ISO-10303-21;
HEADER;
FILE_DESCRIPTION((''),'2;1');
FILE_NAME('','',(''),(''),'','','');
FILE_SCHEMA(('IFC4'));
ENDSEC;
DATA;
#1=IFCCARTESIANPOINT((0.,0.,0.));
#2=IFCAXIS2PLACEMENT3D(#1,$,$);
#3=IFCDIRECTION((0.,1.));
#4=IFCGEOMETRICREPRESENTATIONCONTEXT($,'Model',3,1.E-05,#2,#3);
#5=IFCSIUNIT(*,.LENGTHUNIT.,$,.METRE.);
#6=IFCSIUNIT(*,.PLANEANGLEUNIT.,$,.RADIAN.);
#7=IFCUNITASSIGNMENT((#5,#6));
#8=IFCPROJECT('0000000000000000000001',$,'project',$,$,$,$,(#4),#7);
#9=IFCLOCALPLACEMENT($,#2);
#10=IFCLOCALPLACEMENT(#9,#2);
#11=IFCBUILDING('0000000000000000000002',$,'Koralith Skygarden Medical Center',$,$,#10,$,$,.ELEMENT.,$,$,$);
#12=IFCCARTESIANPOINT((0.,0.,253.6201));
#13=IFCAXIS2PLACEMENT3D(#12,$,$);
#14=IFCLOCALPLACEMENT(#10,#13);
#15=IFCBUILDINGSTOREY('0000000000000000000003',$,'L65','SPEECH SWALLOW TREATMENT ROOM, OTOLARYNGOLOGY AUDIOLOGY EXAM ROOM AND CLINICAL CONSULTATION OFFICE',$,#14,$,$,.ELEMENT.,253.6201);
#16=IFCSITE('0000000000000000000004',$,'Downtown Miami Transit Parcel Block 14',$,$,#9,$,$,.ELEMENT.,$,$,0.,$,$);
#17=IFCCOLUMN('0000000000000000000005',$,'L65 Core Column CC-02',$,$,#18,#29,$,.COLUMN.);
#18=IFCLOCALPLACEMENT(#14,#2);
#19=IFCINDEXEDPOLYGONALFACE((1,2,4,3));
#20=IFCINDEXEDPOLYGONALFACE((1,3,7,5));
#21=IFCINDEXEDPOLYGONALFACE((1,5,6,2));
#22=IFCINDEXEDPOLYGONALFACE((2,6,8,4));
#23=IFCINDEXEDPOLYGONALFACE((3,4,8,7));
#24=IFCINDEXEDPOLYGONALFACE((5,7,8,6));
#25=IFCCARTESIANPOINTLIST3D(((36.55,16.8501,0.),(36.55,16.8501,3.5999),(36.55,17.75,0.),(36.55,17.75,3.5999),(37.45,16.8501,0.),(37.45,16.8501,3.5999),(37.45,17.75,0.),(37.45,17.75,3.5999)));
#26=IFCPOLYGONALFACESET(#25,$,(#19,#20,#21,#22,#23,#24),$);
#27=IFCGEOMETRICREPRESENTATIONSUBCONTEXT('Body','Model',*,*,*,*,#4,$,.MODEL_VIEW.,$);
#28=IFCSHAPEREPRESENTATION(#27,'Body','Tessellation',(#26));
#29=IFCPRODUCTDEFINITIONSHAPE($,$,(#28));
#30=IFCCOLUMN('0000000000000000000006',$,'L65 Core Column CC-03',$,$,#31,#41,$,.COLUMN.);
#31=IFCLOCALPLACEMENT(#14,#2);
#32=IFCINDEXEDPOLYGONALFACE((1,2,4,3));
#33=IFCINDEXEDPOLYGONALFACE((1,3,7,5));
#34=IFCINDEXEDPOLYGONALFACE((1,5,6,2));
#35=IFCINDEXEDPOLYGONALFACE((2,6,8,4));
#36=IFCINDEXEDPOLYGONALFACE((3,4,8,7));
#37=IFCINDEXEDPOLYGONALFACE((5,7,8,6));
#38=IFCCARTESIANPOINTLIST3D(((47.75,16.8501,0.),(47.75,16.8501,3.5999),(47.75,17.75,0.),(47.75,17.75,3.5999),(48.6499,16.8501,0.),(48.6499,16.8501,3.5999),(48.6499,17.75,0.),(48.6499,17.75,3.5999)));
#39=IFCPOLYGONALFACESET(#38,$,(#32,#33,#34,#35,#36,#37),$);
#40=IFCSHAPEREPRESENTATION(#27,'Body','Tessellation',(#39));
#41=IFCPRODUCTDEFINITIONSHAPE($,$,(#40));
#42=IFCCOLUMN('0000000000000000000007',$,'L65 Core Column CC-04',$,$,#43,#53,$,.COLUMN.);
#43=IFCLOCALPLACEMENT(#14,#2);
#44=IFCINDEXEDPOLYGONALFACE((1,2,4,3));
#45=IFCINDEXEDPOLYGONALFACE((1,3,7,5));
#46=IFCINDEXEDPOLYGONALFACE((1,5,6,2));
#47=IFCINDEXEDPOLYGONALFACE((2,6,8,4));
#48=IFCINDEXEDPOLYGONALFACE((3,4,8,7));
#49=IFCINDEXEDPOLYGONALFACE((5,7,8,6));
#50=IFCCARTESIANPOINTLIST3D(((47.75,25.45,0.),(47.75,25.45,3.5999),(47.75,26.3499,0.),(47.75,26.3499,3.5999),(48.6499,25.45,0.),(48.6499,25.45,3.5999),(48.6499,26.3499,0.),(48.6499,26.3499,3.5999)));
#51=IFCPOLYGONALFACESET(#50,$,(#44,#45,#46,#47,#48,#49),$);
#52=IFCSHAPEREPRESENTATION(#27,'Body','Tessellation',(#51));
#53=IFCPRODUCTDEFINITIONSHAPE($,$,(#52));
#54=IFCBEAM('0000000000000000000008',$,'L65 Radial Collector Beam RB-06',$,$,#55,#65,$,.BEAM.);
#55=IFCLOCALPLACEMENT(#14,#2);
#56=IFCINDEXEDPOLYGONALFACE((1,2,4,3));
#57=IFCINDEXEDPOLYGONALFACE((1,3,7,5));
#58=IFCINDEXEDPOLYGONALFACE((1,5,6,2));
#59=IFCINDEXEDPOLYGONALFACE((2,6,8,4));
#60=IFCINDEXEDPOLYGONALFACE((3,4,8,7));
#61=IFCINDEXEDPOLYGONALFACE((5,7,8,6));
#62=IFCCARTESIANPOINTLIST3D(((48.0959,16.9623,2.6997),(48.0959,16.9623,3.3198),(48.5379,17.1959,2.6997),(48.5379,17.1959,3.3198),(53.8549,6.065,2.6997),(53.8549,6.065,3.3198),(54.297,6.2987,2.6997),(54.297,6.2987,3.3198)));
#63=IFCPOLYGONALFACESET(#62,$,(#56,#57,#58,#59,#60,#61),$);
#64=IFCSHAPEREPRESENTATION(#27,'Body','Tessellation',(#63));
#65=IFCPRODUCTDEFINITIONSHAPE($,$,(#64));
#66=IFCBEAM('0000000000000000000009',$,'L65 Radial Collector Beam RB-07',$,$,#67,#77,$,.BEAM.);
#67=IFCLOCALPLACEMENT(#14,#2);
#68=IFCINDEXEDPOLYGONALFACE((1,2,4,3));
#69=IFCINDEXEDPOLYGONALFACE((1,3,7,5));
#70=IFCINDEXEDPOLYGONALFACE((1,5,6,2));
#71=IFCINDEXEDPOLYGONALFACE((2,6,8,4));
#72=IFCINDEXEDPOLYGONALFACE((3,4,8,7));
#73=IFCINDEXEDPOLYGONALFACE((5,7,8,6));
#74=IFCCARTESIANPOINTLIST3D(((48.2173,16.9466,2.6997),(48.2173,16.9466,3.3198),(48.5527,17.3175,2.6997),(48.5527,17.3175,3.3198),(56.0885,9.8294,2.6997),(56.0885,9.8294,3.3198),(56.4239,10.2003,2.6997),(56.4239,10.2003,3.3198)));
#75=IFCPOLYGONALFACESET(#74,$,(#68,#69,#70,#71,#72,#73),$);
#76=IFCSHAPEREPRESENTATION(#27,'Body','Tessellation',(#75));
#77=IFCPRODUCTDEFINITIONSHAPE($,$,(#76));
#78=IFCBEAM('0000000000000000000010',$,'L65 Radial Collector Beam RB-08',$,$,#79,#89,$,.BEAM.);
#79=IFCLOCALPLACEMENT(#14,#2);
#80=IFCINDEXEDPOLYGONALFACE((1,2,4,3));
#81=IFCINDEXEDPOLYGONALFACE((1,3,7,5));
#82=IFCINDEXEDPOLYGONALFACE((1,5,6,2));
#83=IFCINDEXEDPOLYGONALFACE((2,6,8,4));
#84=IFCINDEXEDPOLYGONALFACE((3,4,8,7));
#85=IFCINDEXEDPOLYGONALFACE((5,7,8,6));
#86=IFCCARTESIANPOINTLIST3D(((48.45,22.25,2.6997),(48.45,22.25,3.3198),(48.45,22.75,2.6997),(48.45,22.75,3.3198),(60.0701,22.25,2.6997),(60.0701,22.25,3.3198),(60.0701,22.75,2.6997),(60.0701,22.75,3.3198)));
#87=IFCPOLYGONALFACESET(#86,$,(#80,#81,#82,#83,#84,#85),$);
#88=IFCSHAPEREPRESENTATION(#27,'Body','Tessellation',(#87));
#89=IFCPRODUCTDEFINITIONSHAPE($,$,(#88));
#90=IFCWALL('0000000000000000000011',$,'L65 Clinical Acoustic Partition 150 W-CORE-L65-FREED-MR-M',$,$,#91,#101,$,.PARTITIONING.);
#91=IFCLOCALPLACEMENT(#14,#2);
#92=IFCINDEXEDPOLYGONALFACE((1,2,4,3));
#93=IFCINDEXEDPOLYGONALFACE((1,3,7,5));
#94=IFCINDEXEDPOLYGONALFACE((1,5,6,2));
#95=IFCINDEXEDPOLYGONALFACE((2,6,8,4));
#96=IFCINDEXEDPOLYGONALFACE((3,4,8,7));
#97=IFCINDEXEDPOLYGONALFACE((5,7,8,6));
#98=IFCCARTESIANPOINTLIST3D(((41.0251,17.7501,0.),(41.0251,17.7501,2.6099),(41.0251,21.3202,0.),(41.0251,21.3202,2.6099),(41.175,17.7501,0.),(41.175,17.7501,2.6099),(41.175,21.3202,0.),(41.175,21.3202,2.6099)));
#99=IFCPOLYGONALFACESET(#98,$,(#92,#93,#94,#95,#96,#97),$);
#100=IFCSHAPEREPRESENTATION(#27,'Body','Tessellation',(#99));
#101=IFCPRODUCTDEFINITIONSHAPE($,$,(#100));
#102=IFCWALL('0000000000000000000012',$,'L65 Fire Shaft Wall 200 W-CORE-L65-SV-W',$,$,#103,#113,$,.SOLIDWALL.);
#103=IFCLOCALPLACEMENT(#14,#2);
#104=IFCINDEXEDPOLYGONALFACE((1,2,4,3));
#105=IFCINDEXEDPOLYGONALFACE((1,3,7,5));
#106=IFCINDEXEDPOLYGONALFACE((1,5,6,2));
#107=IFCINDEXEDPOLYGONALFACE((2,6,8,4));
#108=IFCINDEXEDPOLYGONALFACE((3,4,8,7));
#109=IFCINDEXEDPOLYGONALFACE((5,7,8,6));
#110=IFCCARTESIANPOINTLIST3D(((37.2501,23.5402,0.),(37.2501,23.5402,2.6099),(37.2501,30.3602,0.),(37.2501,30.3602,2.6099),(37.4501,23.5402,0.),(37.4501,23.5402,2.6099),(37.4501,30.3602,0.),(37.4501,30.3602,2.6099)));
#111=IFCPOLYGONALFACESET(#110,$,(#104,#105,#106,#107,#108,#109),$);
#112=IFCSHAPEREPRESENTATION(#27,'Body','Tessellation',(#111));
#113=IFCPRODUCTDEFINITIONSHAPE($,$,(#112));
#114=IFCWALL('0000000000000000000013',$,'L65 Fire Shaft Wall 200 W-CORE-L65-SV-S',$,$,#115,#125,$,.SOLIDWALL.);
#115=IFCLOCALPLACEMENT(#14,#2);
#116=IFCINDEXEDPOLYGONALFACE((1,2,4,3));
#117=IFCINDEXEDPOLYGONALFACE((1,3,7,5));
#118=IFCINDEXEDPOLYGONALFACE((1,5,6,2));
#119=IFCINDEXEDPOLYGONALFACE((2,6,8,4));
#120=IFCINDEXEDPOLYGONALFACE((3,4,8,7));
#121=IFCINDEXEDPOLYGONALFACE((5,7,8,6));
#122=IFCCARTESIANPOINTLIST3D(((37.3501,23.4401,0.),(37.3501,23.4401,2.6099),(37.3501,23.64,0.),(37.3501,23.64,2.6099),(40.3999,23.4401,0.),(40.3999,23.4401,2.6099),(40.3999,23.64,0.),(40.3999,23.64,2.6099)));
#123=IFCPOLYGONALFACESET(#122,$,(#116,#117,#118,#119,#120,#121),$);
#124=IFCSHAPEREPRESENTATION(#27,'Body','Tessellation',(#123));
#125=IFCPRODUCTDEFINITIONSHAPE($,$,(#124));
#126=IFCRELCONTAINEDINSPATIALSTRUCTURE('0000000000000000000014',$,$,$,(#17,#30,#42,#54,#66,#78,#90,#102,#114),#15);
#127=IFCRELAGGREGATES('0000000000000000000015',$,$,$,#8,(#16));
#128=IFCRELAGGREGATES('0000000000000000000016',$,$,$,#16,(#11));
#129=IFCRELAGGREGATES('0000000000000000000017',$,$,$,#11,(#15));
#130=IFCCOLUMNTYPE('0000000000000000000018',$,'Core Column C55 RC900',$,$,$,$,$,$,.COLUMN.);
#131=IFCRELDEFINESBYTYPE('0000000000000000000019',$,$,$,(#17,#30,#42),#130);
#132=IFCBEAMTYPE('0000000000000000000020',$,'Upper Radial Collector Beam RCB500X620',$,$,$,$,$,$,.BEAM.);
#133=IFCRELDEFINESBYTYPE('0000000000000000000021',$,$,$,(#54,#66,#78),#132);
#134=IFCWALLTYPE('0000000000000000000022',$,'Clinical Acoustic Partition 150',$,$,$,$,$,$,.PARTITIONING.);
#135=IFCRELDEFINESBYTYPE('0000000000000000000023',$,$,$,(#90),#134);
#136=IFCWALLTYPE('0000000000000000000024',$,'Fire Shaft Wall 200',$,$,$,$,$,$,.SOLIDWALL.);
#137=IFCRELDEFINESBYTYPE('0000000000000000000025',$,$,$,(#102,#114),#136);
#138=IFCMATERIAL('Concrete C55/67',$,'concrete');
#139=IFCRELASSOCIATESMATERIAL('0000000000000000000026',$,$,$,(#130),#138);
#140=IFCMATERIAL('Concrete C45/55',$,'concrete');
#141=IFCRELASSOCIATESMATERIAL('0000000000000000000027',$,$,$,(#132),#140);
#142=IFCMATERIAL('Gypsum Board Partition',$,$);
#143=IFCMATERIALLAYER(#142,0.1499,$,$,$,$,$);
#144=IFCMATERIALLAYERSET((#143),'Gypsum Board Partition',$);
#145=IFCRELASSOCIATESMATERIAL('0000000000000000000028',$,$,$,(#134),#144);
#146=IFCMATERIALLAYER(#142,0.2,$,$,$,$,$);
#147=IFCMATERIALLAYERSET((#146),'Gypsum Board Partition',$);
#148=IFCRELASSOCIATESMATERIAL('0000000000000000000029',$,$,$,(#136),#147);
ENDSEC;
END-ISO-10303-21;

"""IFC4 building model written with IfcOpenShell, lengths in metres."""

from ifc_helpers import new_model, si_unit, direction, frame, frame_2d, origin, origin_2d, place, context, subcontext, project, spatial, rectangle, extrude, material, layer, layer_set, material_profile, profile_set, type_object, element, save


model = new_model("IFC4")

# Units and contexts
model_context = context("Model", 3, precision=1e-05, world=origin(), true_north=direction((0.0, 1.0)))
body_context = subcontext(model_context, "Body", "Model", "MODEL_VIEW")
ifc_project = project(units=[si_unit("LENGTHUNIT", "METRE"), si_unit("PLANEANGLEUNIT", "RADIAN")], contexts=[model_context])

# Site, building, storey
site_placement = place(None, origin())
site = spatial("IfcSite", under=ifc_project, at=site_placement, Name="Downtown Miami Transit Parcel Block 14", CompositionType="ELEMENT", RefElevation=0.0)
building_placement = place(site_placement, origin())
building = spatial("IfcBuilding", under=site, at=building_placement, Name="Koralith Skygarden Medical Center", CompositionType="ELEMENT")
storey_placement = place(building_placement, frame((0.0, 0.0, 253.6201)))
storey = spatial("IfcBuildingStorey", under=building, at=storey_placement, Name="L65", Description="SPEECH SWALLOW TREATMENT ROOM, OTOLARYNGOLOGY AUDIOLOGY EXAM ROOM AND CLINICAL CONSULTATION OFFICE", CompositionType="ELEMENT", Elevation=253.6201)

# Columns
ifc_material_1 = material(Name="Concrete C55/67", Category="concrete")
ifc_material_profile_1 = material_profile(ifc_material_1, rectangle(XDim=0.8999, YDim=0.8999, at=origin_2d()), Name="RC900X900")
ifc_profile_set_1 = profile_set([ifc_material_profile_1], Name="Concrete C55/67")
column_type = type_object("IfcColumnType", Name="Core Column C55 RC900", PredefinedType="COLUMN", material=ifc_profile_set_1)
for number, where, z_axis, x_axis, name in (
    (1, (37.0, 17.3, 0.0), (0.0, 0.0, 1.0), (1.0, 0.0, 0.0), "L65 Core Column CC-02"),
    (2, (48.2, 17.3, 0.0), (0.0, 0.0, 1.0), (1.0, 0.0, 0.0), "L65 Core Column CC-03"),
    (3, (48.2, 25.8999, 0.0), (0.0, 0.0, 1.0), (1.0, 0.0, 0.0), "L65 Core Column CC-04"),
):
    element("IfcColumn", number, at=place(storey_placement, frame(where, z_axis=z_axis, x_axis=x_axis)), inside=storey, type_object=column_type, Name=name, PredefinedType="COLUMN", context=body_context, shape_type="SweptSolid", body=[
        extrude(rectangle(XDim=0.8999, YDim=0.8999, at=origin_2d()), origin(), (0.0, 0.0, 1.0), 3.5999),
    ])

# Beams
ifc_material_2 = material(Name="Concrete C45/55", Category="concrete")
ifc_material_profile_2 = material_profile(ifc_material_2, rectangle(XDim=0.5, YDim=0.6201, at=origin_2d()), Name="RCB500X620")
ifc_profile_set_2 = profile_set([ifc_material_profile_2], Name="Concrete C45/55")
beam_type = type_object("IfcBeamType", Name="Upper Radial Collector Beam RCB500X620", PredefinedType="BEAM", material=ifc_profile_set_2)
beam_1_placement = place(storey_placement, frame((48.3169, 17.0791, 3.0098), z_axis=(0.467249, -0.884126, 0.0), x_axis=(0.884126, 0.467249, 0.0)))
element("IfcBeam", 4, at=beam_1_placement, inside=storey, type_object=beam_type, Name="L65 Radial Collector Beam RB-06", PredefinedType="BEAM", context=body_context, shape_type="SweptSolid", body=[
    extrude(rectangle(XDim=0.5, YDim=0.6201, at=origin_2d()), origin(), (0.0, 0.0, 1.0), 12.3254),
])
beam_2_placement = place(storey_placement, frame((48.385, 17.1321, 3.0098), z_axis=(0.741736, -0.670692, 0.0), x_axis=(0.670692, 0.741736, 0.0)))
element("IfcBeam", 5, at=beam_2_placement, inside=storey, type_object=beam_type, Name="L65 Radial Collector Beam RB-07", PredefinedType="BEAM", context=body_context, shape_type="SweptSolid", body=[
    extrude(rectangle(XDim=0.5, YDim=0.6201, at=origin_2d()), origin(), (0.0, 0.0, 1.0), 10.6118),
])
beam_3_placement = place(storey_placement, frame((48.45, 22.5, 3.0098), z_axis=(1.0, 0.0, 0.0), x_axis=(0.0, 1.0, 0.0)))
element("IfcBeam", 6, at=beam_3_placement, inside=storey, type_object=beam_type, Name="L65 Radial Collector Beam RB-08", PredefinedType="BEAM", context=body_context, shape_type="SweptSolid", body=[
    extrude(rectangle(XDim=0.5, YDim=0.6201, at=origin_2d()), origin(), (0.0, 0.0, 1.0), 11.6201),
])

# Shared definitions
ifc_material_3 = material(Name="Gypsum Board Partition")
ifc_layer_1 = layer(ifc_material_3, 0.1499)
ifc_layer_set_1 = layer_set([ifc_layer_1], Name="Gypsum Board Partition")
wall_type_1 = type_object("IfcWallType", Name="Clinical Acoustic Partition 150", PredefinedType="PARTITIONING", material=ifc_layer_set_1)

# Wall
wall_1_placement = place(storey_placement, frame((41.1001, 17.75, 0.0), z_axis=(0.0, 0.0, 1.0), x_axis=(0.0, 1.0, 0.0)))
element("IfcWall", 7, at=wall_1_placement, inside=storey, type_object=wall_type_1, Name="L65 Clinical Acoustic Partition 150 W-CORE-L65-FREED-MR-M", PredefinedType="PARTITIONING", context=body_context, shape_type="SweptSolid", body=[
    extrude(rectangle(XDim=3.5701, YDim=0.1499, at=frame_2d((1.7852, 0.0))), origin(), (0.0, 0.0, 1.0), 2.6099),
])

# Shared definitions
ifc_layer_2 = layer(ifc_material_3, 0.2)
ifc_layer_set_2 = layer_set([ifc_layer_2], Name="Gypsum Board Partition")
wall_type_2 = type_object("IfcWallType", Name="Fire Shaft Wall 200", PredefinedType="SOLIDWALL", material=ifc_layer_set_2)

# Walls
wall_2_placement = place(storey_placement, frame((37.3501, 23.54, 0.0), z_axis=(0.0, 0.0, 1.0), x_axis=(0.0, 1.0, 0.0)))
element("IfcWall", 8, at=wall_2_placement, inside=storey, type_object=wall_type_2, Name="L65 Fire Shaft Wall 200 W-CORE-L65-SV-W", PredefinedType="SOLIDWALL", context=body_context, shape_type="SweptSolid", body=[
    extrude(rectangle(XDim=6.8201, YDim=0.2, at=frame_2d((3.4102, 0.0))), origin(), (0.0, 0.0, 1.0), 2.6099),
])
wall_3_placement = place(storey_placement, frame((37.3501, 23.54, 0.0), z_axis=(0.0, 0.0, 1.0), x_axis=(1.0, 0.0, 0.0)))
element("IfcWall", 9, at=wall_3_placement, inside=storey, type_object=wall_type_2, Name="L65 Fire Shaft Wall 200 W-CORE-L65-SV-S", PredefinedType="SOLIDWALL", context=body_context, shape_type="SweptSolid", body=[
    extrude(rectangle(XDim=3.0498, YDim=0.2, at=frame_2d((1.5249, 0.0))), origin(), (0.0, 0.0, 1.0), 2.6099),
])

save(model, "model.ifc")
